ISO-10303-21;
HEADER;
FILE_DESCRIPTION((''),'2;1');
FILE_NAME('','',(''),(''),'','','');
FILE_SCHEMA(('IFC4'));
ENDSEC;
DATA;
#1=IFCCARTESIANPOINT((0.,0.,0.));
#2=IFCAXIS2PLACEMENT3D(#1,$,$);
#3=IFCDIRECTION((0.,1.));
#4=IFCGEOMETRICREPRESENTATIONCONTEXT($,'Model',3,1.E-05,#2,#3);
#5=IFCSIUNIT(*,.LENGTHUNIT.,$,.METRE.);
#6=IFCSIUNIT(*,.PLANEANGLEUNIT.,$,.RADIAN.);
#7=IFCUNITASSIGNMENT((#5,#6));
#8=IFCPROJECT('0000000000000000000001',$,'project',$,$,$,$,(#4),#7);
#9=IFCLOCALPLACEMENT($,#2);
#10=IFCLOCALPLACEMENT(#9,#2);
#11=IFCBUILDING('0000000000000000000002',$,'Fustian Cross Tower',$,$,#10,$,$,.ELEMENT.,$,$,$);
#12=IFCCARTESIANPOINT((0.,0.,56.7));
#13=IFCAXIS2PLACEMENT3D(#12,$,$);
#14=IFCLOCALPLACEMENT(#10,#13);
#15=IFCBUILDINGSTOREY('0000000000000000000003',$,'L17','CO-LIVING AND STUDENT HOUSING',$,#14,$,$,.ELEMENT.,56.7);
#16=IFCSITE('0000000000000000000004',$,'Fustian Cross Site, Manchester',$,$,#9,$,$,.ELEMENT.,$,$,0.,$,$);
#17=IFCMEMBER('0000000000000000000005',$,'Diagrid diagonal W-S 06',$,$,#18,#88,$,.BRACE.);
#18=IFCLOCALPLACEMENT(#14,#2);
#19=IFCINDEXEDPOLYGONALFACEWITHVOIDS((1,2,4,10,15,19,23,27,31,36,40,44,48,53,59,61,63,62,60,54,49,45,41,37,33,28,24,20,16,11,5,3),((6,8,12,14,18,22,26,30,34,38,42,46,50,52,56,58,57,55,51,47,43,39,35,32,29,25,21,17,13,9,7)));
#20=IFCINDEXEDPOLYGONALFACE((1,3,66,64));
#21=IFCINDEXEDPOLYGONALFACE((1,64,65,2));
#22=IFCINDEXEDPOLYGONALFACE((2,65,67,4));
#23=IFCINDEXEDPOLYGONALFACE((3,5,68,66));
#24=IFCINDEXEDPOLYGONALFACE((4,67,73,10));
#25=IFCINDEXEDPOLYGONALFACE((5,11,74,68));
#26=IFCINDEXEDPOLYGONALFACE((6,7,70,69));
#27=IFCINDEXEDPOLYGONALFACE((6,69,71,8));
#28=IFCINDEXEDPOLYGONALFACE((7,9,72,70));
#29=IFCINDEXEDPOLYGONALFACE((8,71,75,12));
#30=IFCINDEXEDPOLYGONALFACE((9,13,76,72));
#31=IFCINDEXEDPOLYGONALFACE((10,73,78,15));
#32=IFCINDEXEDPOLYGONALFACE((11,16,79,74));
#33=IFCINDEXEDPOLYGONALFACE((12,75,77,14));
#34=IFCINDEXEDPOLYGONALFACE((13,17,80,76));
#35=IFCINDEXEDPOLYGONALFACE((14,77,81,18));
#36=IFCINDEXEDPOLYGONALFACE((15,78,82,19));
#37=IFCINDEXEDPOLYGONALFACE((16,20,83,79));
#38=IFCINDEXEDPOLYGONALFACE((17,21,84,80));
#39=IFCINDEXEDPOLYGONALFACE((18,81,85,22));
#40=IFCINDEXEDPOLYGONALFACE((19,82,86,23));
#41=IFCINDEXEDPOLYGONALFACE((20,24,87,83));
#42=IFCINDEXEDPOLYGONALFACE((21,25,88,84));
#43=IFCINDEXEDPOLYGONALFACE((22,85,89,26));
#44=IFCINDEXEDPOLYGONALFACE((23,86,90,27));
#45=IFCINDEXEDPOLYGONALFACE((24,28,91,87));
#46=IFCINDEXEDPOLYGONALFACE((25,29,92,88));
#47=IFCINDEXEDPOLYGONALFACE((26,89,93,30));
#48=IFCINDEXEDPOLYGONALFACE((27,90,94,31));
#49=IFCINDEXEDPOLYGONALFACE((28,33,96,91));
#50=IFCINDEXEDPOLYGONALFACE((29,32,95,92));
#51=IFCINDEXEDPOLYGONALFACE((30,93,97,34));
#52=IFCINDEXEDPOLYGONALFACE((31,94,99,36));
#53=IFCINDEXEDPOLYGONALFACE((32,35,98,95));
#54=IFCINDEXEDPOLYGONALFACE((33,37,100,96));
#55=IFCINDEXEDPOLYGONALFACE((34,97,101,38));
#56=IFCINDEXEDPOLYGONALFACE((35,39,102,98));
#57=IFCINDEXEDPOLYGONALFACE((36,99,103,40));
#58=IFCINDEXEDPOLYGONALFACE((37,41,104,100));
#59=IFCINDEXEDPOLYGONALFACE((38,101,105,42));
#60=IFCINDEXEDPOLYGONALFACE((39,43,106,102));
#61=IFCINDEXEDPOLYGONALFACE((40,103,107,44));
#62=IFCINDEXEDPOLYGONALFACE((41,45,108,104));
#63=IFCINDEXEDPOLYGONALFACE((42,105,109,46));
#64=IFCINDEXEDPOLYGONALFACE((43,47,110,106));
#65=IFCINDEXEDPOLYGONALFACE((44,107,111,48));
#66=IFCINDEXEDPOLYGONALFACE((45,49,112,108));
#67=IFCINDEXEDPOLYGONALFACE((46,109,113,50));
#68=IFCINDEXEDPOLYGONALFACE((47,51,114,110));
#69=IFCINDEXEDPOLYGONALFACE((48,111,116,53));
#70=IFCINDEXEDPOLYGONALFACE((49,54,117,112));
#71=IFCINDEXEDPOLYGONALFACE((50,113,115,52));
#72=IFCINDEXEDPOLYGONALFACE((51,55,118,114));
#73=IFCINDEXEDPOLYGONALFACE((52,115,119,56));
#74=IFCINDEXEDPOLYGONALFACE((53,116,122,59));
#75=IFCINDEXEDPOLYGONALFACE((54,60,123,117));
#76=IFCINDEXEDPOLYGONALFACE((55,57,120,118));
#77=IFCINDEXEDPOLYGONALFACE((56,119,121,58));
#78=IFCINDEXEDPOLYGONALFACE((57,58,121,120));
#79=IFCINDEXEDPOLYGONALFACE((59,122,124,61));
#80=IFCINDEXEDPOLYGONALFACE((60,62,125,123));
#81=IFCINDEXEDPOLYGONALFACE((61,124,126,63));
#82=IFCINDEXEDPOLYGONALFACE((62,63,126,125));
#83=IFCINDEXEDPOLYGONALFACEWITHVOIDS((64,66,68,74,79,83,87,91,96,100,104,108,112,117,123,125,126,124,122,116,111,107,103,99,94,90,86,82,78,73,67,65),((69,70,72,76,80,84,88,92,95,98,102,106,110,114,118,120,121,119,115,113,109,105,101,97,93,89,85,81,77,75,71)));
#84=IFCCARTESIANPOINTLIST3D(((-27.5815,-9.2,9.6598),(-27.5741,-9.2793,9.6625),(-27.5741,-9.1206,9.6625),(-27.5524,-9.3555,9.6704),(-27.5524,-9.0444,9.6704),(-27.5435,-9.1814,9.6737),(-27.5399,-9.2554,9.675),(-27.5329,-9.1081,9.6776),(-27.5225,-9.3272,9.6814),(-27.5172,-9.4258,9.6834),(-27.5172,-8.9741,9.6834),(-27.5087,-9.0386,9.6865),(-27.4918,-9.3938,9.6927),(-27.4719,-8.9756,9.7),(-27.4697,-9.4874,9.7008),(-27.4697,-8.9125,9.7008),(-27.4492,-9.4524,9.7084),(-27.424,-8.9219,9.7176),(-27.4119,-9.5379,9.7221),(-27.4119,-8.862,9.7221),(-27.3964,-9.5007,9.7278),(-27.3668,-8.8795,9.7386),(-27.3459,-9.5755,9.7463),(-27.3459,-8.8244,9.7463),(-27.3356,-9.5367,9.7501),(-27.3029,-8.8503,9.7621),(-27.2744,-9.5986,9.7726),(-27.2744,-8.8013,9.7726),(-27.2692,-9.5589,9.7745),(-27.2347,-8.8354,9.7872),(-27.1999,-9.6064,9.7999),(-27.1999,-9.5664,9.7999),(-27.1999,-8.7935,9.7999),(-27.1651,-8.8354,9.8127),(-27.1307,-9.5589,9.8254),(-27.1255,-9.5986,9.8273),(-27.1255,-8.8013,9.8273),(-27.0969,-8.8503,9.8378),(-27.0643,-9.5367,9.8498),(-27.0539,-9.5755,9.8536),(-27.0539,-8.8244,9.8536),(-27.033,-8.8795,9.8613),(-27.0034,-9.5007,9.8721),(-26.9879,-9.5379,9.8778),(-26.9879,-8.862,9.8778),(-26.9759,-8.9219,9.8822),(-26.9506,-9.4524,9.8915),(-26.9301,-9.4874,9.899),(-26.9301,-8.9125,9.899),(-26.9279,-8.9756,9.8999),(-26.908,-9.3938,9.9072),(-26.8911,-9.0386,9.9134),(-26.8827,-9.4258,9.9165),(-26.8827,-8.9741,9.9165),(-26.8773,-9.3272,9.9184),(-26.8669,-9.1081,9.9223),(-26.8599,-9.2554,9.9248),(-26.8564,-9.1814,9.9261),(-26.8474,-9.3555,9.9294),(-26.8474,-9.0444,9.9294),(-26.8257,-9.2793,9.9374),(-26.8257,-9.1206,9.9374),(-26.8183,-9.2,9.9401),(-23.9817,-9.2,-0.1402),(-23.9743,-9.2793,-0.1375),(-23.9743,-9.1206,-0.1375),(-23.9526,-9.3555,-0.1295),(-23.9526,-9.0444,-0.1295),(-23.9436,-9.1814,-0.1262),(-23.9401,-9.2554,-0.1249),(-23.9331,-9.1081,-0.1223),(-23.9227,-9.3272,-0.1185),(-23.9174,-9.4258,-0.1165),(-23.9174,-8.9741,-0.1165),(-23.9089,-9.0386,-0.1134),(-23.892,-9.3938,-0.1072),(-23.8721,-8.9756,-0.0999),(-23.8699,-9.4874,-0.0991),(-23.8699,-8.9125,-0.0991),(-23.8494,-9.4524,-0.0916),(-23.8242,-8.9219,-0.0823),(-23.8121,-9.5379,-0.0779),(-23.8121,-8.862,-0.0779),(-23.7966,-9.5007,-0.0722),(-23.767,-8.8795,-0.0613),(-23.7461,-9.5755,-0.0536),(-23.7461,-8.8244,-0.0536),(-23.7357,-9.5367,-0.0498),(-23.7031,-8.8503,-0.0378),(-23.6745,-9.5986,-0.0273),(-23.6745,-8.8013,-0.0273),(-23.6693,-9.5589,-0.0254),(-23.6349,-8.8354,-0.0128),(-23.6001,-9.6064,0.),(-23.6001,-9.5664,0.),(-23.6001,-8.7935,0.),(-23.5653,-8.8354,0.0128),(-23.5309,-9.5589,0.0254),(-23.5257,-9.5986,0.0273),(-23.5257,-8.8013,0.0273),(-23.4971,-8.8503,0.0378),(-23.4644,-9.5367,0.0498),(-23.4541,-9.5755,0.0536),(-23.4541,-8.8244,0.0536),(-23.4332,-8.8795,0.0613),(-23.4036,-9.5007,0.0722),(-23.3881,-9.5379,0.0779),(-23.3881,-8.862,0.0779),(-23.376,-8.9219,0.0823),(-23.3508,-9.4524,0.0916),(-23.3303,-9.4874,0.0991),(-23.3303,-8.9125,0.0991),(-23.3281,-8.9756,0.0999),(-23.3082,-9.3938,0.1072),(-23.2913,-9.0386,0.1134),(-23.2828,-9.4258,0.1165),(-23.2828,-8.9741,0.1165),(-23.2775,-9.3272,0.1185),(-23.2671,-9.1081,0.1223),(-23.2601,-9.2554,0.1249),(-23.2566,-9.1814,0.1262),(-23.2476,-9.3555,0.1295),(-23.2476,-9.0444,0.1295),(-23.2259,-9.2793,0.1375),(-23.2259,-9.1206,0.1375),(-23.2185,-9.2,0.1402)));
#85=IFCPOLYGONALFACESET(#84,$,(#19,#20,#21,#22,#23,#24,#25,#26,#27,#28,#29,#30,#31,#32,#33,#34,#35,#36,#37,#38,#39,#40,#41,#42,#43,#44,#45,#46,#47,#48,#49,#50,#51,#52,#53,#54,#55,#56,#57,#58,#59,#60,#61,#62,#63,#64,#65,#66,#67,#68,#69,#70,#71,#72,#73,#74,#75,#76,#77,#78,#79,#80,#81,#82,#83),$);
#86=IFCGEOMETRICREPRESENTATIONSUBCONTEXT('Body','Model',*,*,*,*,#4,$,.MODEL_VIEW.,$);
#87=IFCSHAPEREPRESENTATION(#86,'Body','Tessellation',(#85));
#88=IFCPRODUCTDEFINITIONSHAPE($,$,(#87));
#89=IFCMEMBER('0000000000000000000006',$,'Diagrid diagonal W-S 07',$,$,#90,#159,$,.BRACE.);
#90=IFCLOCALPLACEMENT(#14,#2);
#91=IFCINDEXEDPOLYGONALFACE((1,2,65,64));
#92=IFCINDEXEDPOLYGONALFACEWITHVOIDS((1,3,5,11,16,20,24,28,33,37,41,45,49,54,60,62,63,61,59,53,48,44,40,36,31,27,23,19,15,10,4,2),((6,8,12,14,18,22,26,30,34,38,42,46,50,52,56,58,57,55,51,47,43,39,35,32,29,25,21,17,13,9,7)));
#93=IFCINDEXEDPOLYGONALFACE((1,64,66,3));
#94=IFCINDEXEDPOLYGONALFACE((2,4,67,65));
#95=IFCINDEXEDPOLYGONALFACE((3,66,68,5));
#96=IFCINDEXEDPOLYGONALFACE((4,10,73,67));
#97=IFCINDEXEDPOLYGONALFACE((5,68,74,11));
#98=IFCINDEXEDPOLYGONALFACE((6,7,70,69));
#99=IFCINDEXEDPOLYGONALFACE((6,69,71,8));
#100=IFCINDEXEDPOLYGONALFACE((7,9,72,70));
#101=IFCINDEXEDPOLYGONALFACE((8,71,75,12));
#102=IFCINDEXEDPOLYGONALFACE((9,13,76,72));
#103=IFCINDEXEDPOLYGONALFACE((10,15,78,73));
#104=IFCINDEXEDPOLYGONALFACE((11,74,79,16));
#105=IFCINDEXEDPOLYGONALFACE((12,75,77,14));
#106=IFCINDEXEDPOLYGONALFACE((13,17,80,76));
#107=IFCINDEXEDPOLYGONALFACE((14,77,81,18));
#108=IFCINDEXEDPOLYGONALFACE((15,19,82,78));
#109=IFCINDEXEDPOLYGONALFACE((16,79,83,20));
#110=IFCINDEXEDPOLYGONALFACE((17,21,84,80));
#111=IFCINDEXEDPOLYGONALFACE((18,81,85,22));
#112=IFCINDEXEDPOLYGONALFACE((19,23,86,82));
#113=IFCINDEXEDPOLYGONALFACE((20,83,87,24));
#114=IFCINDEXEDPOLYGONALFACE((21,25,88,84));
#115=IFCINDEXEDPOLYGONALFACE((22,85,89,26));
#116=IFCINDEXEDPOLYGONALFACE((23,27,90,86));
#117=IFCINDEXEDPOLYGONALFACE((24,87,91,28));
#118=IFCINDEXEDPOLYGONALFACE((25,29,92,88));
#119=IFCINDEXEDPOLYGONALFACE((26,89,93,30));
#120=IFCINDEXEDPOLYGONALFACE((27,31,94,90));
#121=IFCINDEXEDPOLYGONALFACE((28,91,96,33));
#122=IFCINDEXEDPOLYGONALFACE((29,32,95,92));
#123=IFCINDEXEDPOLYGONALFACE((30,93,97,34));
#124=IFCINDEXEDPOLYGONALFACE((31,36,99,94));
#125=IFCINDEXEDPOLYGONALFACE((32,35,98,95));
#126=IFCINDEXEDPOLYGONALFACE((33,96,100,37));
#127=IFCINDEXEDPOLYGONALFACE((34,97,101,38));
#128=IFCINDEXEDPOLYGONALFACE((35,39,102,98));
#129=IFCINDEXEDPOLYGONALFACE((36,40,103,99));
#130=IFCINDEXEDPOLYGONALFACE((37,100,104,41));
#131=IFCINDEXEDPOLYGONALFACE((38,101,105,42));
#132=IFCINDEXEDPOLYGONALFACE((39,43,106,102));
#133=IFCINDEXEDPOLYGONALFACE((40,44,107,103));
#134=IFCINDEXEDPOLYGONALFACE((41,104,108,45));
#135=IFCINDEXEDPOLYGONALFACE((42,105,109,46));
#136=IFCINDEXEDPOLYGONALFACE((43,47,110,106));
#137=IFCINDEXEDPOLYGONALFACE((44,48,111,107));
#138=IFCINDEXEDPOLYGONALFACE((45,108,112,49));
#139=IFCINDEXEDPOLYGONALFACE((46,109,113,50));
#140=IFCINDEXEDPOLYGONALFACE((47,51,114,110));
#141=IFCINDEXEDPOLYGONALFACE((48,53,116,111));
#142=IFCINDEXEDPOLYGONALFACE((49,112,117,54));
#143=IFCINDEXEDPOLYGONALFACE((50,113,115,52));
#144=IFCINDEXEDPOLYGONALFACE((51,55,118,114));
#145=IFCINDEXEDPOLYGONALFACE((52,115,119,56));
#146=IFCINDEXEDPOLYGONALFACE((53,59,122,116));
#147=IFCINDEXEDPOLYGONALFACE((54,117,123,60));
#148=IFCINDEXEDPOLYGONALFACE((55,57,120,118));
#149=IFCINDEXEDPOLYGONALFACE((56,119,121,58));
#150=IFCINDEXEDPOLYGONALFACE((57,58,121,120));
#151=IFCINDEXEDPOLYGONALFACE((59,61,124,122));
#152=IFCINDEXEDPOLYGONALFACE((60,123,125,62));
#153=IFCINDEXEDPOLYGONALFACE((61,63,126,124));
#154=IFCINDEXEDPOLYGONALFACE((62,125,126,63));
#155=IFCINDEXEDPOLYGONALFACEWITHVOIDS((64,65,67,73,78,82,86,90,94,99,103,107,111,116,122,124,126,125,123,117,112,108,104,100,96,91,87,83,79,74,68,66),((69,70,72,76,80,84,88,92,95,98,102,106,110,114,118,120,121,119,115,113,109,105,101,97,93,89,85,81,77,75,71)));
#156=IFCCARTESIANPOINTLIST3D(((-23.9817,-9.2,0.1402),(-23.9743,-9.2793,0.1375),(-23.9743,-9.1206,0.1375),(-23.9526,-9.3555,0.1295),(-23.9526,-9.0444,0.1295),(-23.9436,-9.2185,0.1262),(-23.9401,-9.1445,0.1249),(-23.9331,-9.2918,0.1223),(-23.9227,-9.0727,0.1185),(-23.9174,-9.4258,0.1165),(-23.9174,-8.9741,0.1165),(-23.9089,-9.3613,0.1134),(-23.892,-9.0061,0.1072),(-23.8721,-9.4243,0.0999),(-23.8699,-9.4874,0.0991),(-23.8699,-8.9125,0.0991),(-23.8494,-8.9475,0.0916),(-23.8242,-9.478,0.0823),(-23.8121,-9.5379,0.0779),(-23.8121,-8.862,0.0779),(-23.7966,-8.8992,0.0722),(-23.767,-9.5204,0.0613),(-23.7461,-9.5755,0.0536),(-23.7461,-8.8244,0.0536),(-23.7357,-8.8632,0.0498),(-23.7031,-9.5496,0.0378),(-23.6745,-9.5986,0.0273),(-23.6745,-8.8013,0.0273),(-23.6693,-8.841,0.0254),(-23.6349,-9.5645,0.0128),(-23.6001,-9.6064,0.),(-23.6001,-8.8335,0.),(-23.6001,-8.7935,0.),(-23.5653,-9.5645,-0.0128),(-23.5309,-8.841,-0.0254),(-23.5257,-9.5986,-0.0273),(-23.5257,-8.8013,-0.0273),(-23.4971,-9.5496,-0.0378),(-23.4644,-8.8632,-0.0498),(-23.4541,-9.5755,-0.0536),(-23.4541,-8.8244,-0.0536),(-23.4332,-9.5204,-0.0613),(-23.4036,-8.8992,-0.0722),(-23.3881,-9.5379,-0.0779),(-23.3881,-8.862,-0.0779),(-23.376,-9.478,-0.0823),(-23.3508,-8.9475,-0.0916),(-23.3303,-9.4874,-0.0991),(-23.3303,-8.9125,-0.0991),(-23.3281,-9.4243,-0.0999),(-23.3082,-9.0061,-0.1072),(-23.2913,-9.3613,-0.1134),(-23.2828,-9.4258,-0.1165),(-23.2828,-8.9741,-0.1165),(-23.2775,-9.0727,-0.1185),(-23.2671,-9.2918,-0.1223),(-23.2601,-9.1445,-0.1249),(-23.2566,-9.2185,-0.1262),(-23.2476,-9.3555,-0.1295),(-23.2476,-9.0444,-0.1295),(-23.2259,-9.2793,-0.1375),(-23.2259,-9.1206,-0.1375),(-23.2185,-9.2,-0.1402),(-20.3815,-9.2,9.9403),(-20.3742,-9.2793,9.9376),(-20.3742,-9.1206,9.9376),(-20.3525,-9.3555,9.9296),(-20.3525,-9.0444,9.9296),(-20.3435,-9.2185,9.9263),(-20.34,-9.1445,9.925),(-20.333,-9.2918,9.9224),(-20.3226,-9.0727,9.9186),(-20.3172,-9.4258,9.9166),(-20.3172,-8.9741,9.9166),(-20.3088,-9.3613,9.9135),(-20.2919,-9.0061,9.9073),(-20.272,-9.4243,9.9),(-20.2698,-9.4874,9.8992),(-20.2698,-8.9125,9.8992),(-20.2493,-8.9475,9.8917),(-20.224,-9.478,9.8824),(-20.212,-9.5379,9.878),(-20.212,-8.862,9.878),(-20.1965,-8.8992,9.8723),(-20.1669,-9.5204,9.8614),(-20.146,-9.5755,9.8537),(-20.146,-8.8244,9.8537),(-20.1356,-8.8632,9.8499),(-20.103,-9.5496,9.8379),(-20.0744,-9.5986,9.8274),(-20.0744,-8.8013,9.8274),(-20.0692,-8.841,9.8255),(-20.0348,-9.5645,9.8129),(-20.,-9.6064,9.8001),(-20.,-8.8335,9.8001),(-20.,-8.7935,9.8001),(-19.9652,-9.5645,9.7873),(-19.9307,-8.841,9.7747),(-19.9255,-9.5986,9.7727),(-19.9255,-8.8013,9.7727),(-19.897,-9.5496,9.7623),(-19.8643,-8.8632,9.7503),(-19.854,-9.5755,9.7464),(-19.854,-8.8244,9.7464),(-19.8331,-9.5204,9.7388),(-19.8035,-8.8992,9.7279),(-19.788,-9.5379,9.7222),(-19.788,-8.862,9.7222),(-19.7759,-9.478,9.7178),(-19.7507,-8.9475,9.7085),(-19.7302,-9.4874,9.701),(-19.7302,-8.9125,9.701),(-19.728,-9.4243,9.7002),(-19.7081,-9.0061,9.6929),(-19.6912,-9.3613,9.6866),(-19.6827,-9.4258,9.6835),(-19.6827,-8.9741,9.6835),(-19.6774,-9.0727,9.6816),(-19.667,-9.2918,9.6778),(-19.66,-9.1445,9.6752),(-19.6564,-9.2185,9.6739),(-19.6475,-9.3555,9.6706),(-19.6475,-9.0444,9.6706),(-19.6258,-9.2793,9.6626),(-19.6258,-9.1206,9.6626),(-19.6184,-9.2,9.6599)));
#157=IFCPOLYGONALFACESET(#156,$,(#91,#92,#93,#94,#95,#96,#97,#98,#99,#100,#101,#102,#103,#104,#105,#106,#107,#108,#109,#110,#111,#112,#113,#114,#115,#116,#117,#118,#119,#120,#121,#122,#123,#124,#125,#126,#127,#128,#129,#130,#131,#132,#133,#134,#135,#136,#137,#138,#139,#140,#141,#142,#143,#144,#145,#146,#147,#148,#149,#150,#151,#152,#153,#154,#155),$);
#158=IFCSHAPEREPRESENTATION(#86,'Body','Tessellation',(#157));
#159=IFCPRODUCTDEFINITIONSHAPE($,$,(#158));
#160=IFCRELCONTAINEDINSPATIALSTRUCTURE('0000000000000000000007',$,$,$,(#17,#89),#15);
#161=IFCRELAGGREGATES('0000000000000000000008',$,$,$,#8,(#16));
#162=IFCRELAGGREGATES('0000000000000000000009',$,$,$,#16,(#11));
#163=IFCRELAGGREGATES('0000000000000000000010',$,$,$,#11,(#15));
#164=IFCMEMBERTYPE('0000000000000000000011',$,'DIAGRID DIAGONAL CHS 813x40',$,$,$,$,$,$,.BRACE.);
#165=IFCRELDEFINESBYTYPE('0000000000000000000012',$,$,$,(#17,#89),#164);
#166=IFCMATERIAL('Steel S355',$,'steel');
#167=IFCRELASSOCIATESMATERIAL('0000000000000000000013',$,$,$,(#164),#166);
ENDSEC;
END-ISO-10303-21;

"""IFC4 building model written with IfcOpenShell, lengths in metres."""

from ifc_helpers import new_model, si_unit, direction, frame, origin, origin_2d, place, context, subcontext, project, spatial, hollow_circle, extrude, material, material_profile, profile_set, type_object, element, save


model = new_model("IFC4")

# Units and contexts
model_context = context("Model", 3, precision=1e-05, world=origin(), true_north=direction((0.0, 1.0)))
body_context = subcontext(model_context, "Body", "Model", "MODEL_VIEW")
ifc_project = project(units=[si_unit("LENGTHUNIT", "METRE"), si_unit("PLANEANGLEUNIT", "RADIAN")], contexts=[model_context])

# Site, building, storey
site_placement = place(None, origin())
site = spatial("IfcSite", under=ifc_project, at=site_placement, Name="Fustian Cross Site, Manchester", CompositionType="ELEMENT", RefElevation=0.0)
building_placement = place(site_placement, origin())
building = spatial("IfcBuilding", under=site, at=building_placement, Name="Fustian Cross Tower", CompositionType="ELEMENT")
storey_placement = place(building_placement, frame((0.0, 0.0, 56.7)))
storey = spatial("IfcBuildingStorey", under=building, at=storey_placement, Name="L17", Description="CO-LIVING AND STUDENT HOUSING", CompositionType="ELEMENT", Elevation=56.7)

# Members
ifc_material_1 = material(Name="Steel S355", Category="steel")
ifc_material_profile_1 = material_profile(ifc_material_1, hollow_circle(Radius=0.4065, WallThickness=0.04, at=origin_2d()), Name="CHS 813x40")
ifc_profile_set_1 = profile_set([ifc_material_profile_1], Name="Steel S355")
member_type_1 = type_object("IfcMemberType", Name="DIAGRID DIAGONAL CHS 813x40", PredefinedType="BRACE", material=ifc_profile_set_1)
member_1_placement = place(storey_placement, frame((-23.6001, -9.2, 0.0), z_axis=(-0.344804, 0.0, 0.938675), x_axis=(0.0, -1.0, 0.0)))
element("IfcMember", 1, at=member_1_placement, inside=storey, type_object=member_type_1, Name="Diagrid diagonal W-S 06", PredefinedType="BRACE", context=body_context, shape_type="SweptSolid", body=[
    extrude(hollow_circle(Radius=0.4065, WallThickness=0.04, at=origin_2d()), origin(), (0.0, 0.0, 1.0), 10.4402),
])
for number, where, z_axis, x_axis, name in (
    (2, (-23.6001, -9.2, 0.0), (0.344824, 0.0, 0.938667), (0.0, 1.0, 0.0), "Diagrid diagonal W-S 07"),
):
    element("IfcMember", number, at=place(storey_placement, frame(where, z_axis=z_axis, x_axis=x_axis)), inside=storey, type_object=member_type_1, Name=name, PredefinedType="BRACE", context=body_context, shape_type="SweptSolid", body=[
        extrude(hollow_circle(Radius=0.4065, WallThickness=0.04, at=origin_2d()), origin(), (0.0, 0.0, 1.0), 10.4404),
    ])

save(model, "model.ifc")
